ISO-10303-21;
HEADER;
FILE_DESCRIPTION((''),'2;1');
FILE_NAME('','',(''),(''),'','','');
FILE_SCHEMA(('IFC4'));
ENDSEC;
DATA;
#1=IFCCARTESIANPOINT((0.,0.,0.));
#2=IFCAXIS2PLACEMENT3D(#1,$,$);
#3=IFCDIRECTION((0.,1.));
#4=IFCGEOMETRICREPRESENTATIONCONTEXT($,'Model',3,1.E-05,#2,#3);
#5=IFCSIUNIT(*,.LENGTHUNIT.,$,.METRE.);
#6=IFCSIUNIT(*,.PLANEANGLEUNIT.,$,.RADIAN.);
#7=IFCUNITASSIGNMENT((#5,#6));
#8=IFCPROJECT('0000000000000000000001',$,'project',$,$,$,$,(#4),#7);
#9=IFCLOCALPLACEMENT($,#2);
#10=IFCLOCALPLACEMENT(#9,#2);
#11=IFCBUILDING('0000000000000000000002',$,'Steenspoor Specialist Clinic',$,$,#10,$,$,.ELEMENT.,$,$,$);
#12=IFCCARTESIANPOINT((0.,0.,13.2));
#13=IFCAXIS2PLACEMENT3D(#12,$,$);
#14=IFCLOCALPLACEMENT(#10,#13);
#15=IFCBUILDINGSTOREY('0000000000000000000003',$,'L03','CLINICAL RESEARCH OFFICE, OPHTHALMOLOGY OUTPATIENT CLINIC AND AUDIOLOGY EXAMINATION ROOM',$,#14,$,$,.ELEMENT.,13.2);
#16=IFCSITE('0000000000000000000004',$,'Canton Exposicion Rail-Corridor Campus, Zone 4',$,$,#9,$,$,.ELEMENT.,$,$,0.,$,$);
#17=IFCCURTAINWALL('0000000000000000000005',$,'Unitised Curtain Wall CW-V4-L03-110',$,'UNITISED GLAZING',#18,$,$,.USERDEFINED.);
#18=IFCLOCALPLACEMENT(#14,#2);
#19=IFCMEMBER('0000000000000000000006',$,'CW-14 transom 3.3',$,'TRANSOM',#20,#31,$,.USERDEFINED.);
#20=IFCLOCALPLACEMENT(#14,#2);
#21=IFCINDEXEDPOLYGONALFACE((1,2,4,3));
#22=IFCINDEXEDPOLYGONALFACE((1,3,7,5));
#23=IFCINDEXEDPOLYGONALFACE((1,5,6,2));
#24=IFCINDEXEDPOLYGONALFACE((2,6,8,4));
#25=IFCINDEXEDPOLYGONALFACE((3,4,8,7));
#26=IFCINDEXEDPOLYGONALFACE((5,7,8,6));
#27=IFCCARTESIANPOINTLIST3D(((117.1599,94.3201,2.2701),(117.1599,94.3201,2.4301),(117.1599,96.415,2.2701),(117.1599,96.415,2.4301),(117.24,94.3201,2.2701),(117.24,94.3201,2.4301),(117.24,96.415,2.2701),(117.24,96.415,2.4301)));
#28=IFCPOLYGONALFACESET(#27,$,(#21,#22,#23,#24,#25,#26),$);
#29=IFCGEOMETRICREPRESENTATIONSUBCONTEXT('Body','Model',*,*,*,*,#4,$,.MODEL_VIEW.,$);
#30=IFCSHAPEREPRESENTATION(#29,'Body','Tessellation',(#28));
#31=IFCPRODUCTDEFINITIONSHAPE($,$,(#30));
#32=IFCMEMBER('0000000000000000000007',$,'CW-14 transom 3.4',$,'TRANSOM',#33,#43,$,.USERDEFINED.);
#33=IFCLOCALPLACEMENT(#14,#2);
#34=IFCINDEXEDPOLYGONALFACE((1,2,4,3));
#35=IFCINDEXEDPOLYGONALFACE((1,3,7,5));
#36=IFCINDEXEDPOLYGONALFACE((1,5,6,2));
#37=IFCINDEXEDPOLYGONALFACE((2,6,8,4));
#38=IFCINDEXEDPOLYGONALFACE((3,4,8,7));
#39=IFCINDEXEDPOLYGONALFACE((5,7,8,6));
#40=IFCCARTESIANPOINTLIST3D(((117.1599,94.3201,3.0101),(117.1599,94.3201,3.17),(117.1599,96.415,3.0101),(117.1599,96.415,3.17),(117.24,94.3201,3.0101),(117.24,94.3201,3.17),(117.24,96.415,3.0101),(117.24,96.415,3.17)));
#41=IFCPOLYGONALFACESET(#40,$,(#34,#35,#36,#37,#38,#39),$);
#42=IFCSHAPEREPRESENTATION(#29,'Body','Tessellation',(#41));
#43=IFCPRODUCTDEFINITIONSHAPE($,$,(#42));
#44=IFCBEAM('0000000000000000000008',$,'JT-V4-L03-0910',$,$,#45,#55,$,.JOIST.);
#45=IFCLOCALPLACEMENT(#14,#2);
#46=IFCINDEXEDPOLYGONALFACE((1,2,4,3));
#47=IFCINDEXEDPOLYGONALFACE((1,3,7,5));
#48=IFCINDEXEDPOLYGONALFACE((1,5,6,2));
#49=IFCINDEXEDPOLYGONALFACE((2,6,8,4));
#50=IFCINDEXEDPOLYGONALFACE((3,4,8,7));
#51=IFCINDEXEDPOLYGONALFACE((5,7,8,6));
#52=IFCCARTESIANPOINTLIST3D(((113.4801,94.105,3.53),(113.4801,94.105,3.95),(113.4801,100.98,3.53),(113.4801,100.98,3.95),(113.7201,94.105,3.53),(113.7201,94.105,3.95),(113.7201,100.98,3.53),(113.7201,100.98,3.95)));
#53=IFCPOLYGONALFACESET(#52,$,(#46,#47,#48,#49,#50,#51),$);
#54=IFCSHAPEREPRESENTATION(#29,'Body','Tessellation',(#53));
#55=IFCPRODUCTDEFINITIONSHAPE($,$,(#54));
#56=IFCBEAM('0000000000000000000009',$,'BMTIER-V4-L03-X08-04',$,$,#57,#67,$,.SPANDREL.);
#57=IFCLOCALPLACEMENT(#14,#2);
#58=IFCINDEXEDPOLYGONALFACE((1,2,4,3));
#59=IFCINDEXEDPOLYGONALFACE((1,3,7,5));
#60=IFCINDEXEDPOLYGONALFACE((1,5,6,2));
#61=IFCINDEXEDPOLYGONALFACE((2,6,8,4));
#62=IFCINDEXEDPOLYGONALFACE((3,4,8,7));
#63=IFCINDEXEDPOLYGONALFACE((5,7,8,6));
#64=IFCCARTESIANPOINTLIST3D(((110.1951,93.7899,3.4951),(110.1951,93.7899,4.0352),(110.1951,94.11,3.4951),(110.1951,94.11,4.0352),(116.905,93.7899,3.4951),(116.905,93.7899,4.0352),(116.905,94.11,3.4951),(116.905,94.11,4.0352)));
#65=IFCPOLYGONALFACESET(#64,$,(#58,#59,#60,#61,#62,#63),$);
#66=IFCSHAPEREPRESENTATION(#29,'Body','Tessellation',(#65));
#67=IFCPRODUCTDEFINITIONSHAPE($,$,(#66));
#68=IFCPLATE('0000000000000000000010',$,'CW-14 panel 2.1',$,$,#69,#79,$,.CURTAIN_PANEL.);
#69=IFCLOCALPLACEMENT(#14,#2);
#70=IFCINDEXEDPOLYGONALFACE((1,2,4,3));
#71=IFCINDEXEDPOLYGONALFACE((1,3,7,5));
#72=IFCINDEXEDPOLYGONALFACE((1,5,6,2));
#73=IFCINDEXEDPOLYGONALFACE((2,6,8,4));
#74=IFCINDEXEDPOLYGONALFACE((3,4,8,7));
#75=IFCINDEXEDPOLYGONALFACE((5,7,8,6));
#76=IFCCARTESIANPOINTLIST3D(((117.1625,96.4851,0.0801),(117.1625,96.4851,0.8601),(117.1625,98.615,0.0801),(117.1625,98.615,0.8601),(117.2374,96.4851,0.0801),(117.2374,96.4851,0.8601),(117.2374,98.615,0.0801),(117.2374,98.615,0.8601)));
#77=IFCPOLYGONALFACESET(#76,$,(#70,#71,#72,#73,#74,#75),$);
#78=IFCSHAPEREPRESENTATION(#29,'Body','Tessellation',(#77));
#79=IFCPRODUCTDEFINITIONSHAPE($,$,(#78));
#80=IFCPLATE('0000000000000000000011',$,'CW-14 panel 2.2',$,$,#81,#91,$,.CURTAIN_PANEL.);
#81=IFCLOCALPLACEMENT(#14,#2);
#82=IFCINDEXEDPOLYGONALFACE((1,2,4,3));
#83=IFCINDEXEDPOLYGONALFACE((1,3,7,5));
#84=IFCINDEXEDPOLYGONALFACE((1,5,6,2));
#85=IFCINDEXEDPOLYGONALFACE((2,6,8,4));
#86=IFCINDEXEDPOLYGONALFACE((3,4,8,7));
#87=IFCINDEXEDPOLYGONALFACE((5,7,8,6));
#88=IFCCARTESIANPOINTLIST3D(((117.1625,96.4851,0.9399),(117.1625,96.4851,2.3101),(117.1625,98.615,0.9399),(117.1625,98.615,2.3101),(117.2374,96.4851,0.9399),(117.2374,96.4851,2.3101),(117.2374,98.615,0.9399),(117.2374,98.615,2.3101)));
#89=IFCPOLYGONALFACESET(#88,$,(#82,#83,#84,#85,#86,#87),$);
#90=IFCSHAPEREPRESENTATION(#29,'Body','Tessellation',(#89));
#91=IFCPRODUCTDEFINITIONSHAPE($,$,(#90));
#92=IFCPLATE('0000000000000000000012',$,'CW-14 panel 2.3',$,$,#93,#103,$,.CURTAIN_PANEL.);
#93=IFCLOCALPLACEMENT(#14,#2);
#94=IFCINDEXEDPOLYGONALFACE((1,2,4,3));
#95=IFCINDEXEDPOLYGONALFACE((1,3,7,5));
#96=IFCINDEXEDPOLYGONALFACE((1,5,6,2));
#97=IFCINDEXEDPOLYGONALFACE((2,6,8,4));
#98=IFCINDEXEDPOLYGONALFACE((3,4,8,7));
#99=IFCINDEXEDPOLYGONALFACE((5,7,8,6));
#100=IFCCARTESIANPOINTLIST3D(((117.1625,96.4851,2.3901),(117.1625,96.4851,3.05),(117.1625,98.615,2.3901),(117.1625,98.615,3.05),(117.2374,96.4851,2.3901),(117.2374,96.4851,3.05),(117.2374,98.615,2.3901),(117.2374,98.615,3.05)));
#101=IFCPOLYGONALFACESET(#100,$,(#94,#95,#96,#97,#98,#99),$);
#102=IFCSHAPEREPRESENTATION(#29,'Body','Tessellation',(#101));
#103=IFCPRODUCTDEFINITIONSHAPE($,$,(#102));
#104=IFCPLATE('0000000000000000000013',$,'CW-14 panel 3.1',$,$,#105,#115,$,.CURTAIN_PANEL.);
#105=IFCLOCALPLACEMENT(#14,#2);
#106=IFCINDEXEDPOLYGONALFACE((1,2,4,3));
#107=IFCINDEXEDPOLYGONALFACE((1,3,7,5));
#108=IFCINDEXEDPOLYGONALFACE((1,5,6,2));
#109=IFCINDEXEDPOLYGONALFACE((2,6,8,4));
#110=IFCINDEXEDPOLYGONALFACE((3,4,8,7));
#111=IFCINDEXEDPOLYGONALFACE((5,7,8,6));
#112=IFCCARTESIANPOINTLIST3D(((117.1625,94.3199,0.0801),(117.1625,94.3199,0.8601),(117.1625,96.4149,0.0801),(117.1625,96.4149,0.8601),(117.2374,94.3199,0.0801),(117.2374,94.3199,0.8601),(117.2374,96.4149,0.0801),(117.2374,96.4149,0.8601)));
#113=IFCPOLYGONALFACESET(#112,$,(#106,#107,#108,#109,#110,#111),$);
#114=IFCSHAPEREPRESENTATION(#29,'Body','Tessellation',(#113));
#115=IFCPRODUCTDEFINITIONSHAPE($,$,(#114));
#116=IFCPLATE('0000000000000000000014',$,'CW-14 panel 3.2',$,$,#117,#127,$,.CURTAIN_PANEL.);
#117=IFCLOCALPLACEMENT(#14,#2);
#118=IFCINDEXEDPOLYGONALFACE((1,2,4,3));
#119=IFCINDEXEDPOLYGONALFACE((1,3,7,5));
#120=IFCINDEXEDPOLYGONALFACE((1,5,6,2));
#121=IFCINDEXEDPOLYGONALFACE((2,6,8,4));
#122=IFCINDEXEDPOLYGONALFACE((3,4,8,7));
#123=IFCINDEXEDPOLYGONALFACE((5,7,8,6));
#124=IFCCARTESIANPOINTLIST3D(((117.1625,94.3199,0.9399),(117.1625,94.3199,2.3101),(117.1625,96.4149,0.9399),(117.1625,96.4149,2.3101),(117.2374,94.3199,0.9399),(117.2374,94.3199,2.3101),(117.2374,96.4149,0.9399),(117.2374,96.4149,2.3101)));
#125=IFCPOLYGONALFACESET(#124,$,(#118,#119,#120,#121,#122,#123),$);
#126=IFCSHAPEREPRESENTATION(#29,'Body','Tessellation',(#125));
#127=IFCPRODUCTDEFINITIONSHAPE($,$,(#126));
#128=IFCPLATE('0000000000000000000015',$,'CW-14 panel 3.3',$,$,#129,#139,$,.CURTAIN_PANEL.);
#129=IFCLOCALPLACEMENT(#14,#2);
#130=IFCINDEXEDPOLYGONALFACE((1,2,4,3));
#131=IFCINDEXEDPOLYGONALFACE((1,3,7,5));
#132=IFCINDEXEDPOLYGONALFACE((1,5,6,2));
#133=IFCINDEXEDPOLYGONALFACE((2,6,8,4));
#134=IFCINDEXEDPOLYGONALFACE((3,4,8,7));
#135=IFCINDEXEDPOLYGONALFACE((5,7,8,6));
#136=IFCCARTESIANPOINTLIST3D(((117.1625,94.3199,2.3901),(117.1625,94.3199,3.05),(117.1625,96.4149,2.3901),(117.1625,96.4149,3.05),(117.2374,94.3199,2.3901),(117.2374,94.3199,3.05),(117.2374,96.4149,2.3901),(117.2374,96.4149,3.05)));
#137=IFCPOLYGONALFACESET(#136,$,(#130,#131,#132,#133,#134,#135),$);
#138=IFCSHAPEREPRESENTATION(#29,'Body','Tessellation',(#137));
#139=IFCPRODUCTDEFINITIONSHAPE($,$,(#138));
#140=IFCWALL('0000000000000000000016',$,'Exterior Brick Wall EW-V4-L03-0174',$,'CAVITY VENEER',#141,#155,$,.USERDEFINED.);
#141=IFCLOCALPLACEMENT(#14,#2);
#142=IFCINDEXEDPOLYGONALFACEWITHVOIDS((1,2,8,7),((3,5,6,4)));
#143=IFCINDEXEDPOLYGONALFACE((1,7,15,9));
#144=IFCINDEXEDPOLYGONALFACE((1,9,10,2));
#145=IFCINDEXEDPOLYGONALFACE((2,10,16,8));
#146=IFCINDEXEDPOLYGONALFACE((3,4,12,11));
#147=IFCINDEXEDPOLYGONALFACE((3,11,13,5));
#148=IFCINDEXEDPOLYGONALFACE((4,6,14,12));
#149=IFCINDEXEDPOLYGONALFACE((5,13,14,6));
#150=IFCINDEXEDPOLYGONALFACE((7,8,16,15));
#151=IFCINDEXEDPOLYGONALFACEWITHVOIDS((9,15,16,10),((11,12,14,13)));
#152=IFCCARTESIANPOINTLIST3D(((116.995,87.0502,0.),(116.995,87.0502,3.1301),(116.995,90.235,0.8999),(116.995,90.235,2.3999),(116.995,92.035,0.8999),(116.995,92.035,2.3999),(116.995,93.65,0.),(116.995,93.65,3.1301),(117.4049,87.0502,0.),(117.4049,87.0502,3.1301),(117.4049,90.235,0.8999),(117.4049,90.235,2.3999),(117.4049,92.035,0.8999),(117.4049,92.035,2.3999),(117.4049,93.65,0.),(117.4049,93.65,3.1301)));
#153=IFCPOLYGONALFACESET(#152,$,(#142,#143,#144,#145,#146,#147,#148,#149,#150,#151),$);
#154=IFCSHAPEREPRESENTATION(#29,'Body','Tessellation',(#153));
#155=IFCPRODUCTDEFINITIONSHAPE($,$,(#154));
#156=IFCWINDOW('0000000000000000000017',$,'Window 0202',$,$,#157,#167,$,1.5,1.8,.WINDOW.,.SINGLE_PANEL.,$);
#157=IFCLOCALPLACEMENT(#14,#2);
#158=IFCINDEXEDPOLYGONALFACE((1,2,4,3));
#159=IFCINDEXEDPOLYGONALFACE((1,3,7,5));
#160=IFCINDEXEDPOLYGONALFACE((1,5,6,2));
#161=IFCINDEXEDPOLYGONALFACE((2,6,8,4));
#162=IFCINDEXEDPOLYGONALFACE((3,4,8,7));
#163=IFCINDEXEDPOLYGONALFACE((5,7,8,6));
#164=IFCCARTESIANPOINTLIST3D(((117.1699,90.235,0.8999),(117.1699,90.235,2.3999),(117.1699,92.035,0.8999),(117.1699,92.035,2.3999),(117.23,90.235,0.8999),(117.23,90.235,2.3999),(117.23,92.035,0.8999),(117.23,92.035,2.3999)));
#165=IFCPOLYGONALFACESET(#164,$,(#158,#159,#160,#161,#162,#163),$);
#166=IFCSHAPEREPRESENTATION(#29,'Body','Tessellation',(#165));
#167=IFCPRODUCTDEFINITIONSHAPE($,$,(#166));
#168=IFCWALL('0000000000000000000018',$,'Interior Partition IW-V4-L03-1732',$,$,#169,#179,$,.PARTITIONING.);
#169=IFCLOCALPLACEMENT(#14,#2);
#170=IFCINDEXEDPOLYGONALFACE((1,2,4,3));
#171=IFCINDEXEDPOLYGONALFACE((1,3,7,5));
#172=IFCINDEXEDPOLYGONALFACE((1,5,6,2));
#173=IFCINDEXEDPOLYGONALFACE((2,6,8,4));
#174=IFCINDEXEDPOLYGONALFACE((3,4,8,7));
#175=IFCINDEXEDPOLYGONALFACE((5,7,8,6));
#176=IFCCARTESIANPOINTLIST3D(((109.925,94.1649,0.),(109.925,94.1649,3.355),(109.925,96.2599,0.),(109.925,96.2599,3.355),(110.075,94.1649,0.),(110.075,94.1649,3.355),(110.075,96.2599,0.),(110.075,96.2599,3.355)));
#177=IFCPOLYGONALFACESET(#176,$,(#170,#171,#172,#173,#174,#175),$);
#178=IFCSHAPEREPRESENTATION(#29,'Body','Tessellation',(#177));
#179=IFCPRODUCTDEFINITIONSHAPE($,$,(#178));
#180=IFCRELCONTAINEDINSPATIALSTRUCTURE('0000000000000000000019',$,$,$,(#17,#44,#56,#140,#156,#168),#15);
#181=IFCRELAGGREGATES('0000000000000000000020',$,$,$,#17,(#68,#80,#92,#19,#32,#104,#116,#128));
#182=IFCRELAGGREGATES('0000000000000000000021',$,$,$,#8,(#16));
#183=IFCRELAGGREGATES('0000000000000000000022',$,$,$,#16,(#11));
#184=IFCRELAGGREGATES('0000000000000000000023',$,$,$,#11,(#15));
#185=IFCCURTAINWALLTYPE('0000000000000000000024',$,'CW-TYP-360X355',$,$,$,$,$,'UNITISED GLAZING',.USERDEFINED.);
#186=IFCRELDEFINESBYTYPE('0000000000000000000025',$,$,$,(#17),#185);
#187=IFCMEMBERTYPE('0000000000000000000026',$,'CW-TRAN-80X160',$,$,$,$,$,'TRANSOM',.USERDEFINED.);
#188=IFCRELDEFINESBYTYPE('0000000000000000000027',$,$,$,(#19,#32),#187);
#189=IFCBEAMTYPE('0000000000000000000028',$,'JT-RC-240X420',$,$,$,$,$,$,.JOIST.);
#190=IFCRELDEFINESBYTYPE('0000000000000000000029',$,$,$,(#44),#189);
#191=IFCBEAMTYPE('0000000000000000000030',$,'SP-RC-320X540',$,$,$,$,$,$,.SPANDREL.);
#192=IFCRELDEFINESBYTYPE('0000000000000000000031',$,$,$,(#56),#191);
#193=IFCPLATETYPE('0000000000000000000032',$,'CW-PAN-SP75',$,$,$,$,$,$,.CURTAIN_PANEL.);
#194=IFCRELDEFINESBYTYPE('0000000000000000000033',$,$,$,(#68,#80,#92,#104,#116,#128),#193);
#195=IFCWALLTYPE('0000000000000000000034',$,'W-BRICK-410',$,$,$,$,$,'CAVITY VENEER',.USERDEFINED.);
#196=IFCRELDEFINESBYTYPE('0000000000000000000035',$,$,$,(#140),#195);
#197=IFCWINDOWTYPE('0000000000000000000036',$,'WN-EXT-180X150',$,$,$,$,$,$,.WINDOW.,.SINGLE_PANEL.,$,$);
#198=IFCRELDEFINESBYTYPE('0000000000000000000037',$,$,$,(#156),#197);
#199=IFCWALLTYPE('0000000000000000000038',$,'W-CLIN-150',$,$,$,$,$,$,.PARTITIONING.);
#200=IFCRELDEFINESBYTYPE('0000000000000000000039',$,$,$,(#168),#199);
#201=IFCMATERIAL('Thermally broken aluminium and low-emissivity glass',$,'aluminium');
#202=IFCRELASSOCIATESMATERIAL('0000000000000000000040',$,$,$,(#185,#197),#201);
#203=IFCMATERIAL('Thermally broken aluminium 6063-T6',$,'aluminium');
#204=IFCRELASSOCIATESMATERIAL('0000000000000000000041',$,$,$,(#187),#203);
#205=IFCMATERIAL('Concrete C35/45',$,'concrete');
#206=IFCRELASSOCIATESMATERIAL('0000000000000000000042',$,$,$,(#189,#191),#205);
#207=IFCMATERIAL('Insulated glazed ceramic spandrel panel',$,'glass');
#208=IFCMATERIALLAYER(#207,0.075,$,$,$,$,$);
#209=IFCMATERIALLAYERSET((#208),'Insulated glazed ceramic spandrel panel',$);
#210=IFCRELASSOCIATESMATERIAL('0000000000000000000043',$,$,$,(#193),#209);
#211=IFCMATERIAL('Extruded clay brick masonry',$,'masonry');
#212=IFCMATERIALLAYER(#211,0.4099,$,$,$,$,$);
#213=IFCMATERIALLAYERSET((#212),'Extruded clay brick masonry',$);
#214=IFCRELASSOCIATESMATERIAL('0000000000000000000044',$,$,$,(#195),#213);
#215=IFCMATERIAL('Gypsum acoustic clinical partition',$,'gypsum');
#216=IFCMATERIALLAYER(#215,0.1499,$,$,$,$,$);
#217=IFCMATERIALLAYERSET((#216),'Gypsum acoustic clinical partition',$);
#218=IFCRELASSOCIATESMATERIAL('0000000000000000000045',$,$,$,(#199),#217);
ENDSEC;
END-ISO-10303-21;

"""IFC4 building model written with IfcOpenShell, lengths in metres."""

from ifc_helpers import new_model, si_unit, direction, frame, frame_2d, origin, origin_2d, place, context, subcontext, project, spatial, rectangle, extrude, material, layer, layer_set, material_profile, profile_set, type_object, element, fill, aggregate, save


model = new_model("IFC4")

# Units and contexts
model_context = context("Model", 3, precision=1e-05, world=origin(), true_north=direction((0.0, 1.0)))
body_context = subcontext(model_context, "Body", "Model", "MODEL_VIEW")
ifc_project = project(units=[si_unit("LENGTHUNIT", "METRE"), si_unit("PLANEANGLEUNIT", "RADIAN")], contexts=[model_context])

# Site, building, storey
site_placement = place(None, origin())
site = spatial("IfcSite", under=ifc_project, at=site_placement, Name="Canton Exposicion Rail-Corridor Campus, Zone 4", CompositionType="ELEMENT", RefElevation=0.0)
building_placement = place(site_placement, origin())
building = spatial("IfcBuilding", under=site, at=building_placement, Name="Steenspoor Specialist Clinic", CompositionType="ELEMENT")
storey_placement = place(building_placement, frame((0.0, 0.0, 13.2)))
storey = spatial("IfcBuildingStorey", under=building, at=storey_placement, Name="L03", Description="CLINICAL RESEARCH OFFICE, OPHTHALMOLOGY OUTPATIENT CLINIC AND AUDIOLOGY EXAMINATION ROOM", CompositionType="ELEMENT", Elevation=13.2)

# Shared definitions
ifc_material_1 = material(Name="Concrete C35/45", Category="concrete")

# Curtain wall, members
ifc_material_2 = material(Name="Thermally broken aluminium and low-emissivity glass", Category="aluminium")
curtain_wall_type = type_object("IfcCurtainWallType", Name="CW-TYP-360X355", ElementType="UNITISED GLAZING", PredefinedType="USERDEFINED", material=ifc_material_2)
curtain_wall_placement = place(storey_placement, origin())
curtain_wall = element("IfcCurtainWall", 1, at=curtain_wall_placement, inside=storey, type_object=curtain_wall_type, Name="Unitised Curtain Wall CW-V4-L03-110", ObjectType="UNITISED GLAZING", PredefinedType="USERDEFINED")
ifc_material_3 = material(Name="Thermally broken aluminium 6063-T6", Category="aluminium")
ifc_material_profile_1 = material_profile(ifc_material_3, rectangle(XDim=0.0801, YDim=0.1599, at=origin_2d()), Name="CWT-80X160")
ifc_profile_set_1 = profile_set([ifc_material_profile_1], Name="Thermally broken aluminium 6063-T6")
member_type_1 = type_object("IfcMemberType", Name="CW-TRAN-80X160", ElementType="TRANSOM", PredefinedType="USERDEFINED", material=ifc_profile_set_1)
member_1_placement = place(storey_placement, frame((117.2, 96.415, 2.3501), z_axis=(0.0, -1.0, 0.0), x_axis=(1.0, 0.0, 0.0)))
member_1 = element("IfcMember", 2, at=member_1_placement, type_object=member_type_1, Name="CW-14 transom 3.3", ObjectType="TRANSOM", PredefinedType="USERDEFINED", context=body_context, shape_type="SweptSolid", body=[
    extrude(rectangle(XDim=0.0801, YDim=0.1599, at=origin_2d()), origin(), (0.0, 0.0, 1.0), 2.095),
])
member_2_placement = place(storey_placement, frame((117.2, 96.415, 3.0901), z_axis=(0.0, -1.0, 0.0), x_axis=(1.0, 0.0, 0.0)))
member_2 = element("IfcMember", 3, at=member_2_placement, type_object=member_type_1, Name="CW-14 transom 3.4", ObjectType="TRANSOM", PredefinedType="USERDEFINED", context=body_context, shape_type="SweptSolid", body=[
    extrude(rectangle(XDim=0.0801, YDim=0.1599, at=origin_2d()), origin(), (0.0, 0.0, 1.0), 2.095),
])

# Beams
ifc_material_profile_2 = material_profile(ifc_material_1, rectangle(XDim=0.24, YDim=0.4199, at=origin_2d()), Name="RC-JT-240X420")
ifc_profile_set_2 = profile_set([ifc_material_profile_2], Name="Concrete C35/45")
beam_type_1 = type_object("IfcBeamType", Name="JT-RC-240X420", PredefinedType="JOIST", material=ifc_profile_set_2)
beam_1_placement = place(storey_placement, frame((113.6001, 94.105, 3.74), z_axis=(0.0, 1.0, 0.0), x_axis=(-1.0, 0.0, 0.0)))
element("IfcBeam", 4, at=beam_1_placement, inside=storey, type_object=beam_type_1, Name="JT-V4-L03-0910", PredefinedType="JOIST", context=body_context, shape_type="SweptSolid", body=[
    extrude(rectangle(XDim=0.24, YDim=0.4199, at=origin_2d()), origin(), (0.0, 0.0, 1.0), 6.875),
])
ifc_material_profile_3 = material_profile(ifc_material_1, rectangle(XDim=0.3201, YDim=0.54, at=origin_2d()), Name="RC-SP-320X540")
ifc_profile_set_3 = profile_set([ifc_material_profile_3], Name="Concrete C35/45")
beam_type_2 = type_object("IfcBeamType", Name="SP-RC-320X540", PredefinedType="SPANDREL", material=ifc_profile_set_3)
beam_2_placement = place(storey_placement, frame((110.1951, 93.95, 3.7651), z_axis=(1.0, 0.0, 0.0), x_axis=(0.0, 1.0, 0.0)))
element("IfcBeam", 5, at=beam_2_placement, inside=storey, type_object=beam_type_2, Name="BMTIER-V4-L03-X08-04", PredefinedType="SPANDREL", context=body_context, shape_type="SweptSolid", body=[
    extrude(rectangle(XDim=0.3201, YDim=0.54, at=origin_2d()), origin(), (0.0, 0.0, 1.0), 6.71),
])

# Plates
ifc_material_4 = material(Name="Insulated glazed ceramic spandrel panel", Category="glass")
ifc_layer_1 = layer(ifc_material_4, 0.075)
ifc_layer_set_1 = layer_set([ifc_layer_1], Name="Insulated glazed ceramic spandrel panel")
plate_type = type_object("IfcPlateType", Name="CW-PAN-SP75", PredefinedType="CURTAIN_PANEL", material=ifc_layer_set_1)
plate_1_placement = place(storey_placement, frame((117.2, 97.55, 0.0801), z_axis=(0.0, 0.0, 1.0), x_axis=(0.0, -1.0, 0.0)))
plate_1 = element("IfcPlate", 6, at=plate_1_placement, type_object=plate_type, Name="CW-14 panel 2.1", PredefinedType="CURTAIN_PANEL", context=body_context, shape_type="SweptSolid", body=[
    extrude(rectangle(XDim=2.1299, YDim=0.075, at=origin_2d()), origin(), (0.0, 0.0, 1.0), 0.78),
])
plate_2_placement = place(storey_placement, frame((117.2, 97.55, 0.9399), z_axis=(0.0, 0.0, 1.0), x_axis=(0.0, -1.0, 0.0)))
plate_2 = element("IfcPlate", 7, at=plate_2_placement, type_object=plate_type, Name="CW-14 panel 2.2", PredefinedType="CURTAIN_PANEL", context=body_context, shape_type="SweptSolid", body=[
    extrude(rectangle(XDim=2.1299, YDim=0.075, at=origin_2d()), origin(), (0.0, 0.0, 1.0), 1.3701),
])
plate_3_placement = place(storey_placement, frame((117.2, 97.55, 2.3901), z_axis=(0.0, 0.0, 1.0), x_axis=(0.0, -1.0, 0.0)))
plate_3 = element("IfcPlate", 8, at=plate_3_placement, type_object=plate_type, Name="CW-14 panel 2.3", PredefinedType="CURTAIN_PANEL", context=body_context, shape_type="SweptSolid", body=[
    extrude(rectangle(XDim=2.1299, YDim=0.075, at=origin_2d()), origin(), (0.0, 0.0, 1.0), 0.6599),
])
plate_4_placement = place(storey_placement, frame((117.2, 95.3674, 0.0801), z_axis=(0.0, 0.0, 1.0), x_axis=(0.0, -1.0, 0.0)))
plate_4 = element("IfcPlate", 9, at=plate_4_placement, type_object=plate_type, Name="CW-14 panel 3.1", PredefinedType="CURTAIN_PANEL", context=body_context, shape_type="SweptSolid", body=[
    extrude(rectangle(XDim=2.095, YDim=0.075, at=origin_2d()), origin(), (0.0, 0.0, 1.0), 0.78),
])
plate_5_placement = place(storey_placement, frame((117.2, 95.3674, 0.9399), z_axis=(0.0, 0.0, 1.0), x_axis=(0.0, -1.0, 0.0)))
plate_5 = element("IfcPlate", 10, at=plate_5_placement, type_object=plate_type, Name="CW-14 panel 3.2", PredefinedType="CURTAIN_PANEL", context=body_context, shape_type="SweptSolid", body=[
    extrude(rectangle(XDim=2.095, YDim=0.075, at=origin_2d()), origin(), (0.0, 0.0, 1.0), 1.3701),
])
plate_6_placement = place(storey_placement, frame((117.2, 95.3674, 2.3901), z_axis=(0.0, 0.0, 1.0), x_axis=(0.0, -1.0, 0.0)))
plate_6 = element("IfcPlate", 11, at=plate_6_placement, type_object=plate_type, Name="CW-14 panel 3.3", PredefinedType="CURTAIN_PANEL", context=body_context, shape_type="SweptSolid", body=[
    extrude(rectangle(XDim=2.095, YDim=0.075, at=origin_2d()), origin(), (0.0, 0.0, 1.0), 0.6599),
])
aggregate(curtain_wall, [plate_1, plate_2, plate_3, member_1, member_2, plate_4, plate_5, plate_6])

# Wall, opening, window
ifc_material_5 = material(Name="Extruded clay brick masonry", Category="masonry")
ifc_layer_2 = layer(ifc_material_5, 0.4099)
ifc_layer_set_2 = layer_set([ifc_layer_2], Name="Extruded clay brick masonry")
wall_type_1 = type_object("IfcWallType", Name="W-BRICK-410", ElementType="CAVITY VENEER", PredefinedType="USERDEFINED", material=ifc_layer_set_2)
wall_1_placement = place(storey_placement, frame((117.2, 93.6499, 0.0), z_axis=(0.0, 0.0, 1.0), x_axis=(0.0, -1.0, 0.0)))
wall_1 = element("IfcWall", 12, at=wall_1_placement, inside=storey, type_object=wall_type_1, Name="Exterior Brick Wall EW-V4-L03-0174", ObjectType="CAVITY VENEER", PredefinedType="USERDEFINED", context=body_context, shape_type="SweptSolid", body=[
    extrude(rectangle(XDim=6.5999, YDim=0.4099, at=frame_2d((3.2998, 0.0))), origin(), (0.0, 0.0, 1.0), 3.1301),
])
opening_1_placement = place(wall_1_placement, frame((1.615, 0.0, 0.8999)))
opening_1 = element("IfcOpeningElement", 13, at=opening_1_placement, cuts=wall_1, PredefinedType="OPENING", context=body_context, shape_type="SweptSolid", body=[
    extrude(rectangle(XDim=1.8, YDim=1.5, at=frame_2d((0.8999, 0.75))), frame((0.0, 0.2148, 0.0), z_axis=(0.0, -1.0, 0.0), x_axis=(1.0, 0.0, 0.0)), (0.0, 0.0, 1.0), 0.4299),
])
window_type = type_object("IfcWindowType", Name="WN-EXT-180X150", PartitioningType="SINGLE_PANEL", PredefinedType="WINDOW", material=ifc_material_2)
window_placement = place(opening_1_placement, origin())
window = element("IfcWindow", 14, at=window_placement, inside=storey, type_object=window_type, Name="Window 0202", OverallHeight=1.5, OverallWidth=1.8, PartitioningType="SINGLE_PANEL", PredefinedType="WINDOW", context=body_context, shape_type="SweptSolid", body=[
    extrude(rectangle(XDim=1.8, YDim=1.5, at=frame_2d((0.8999, 0.75))), frame((0.0, 0.03, 0.0), z_axis=(0.0, -1.0, 0.0), x_axis=(1.0, 0.0, 0.0)), (0.0, 0.0, 1.0), 0.0601),
])
fill(opening_1, window)

# Wall
ifc_material_6 = material(Name="Gypsum acoustic clinical partition", Category="gypsum")
ifc_layer_3 = layer(ifc_material_6, 0.1499)
ifc_layer_set_3 = layer_set([ifc_layer_3], Name="Gypsum acoustic clinical partition")
wall_type_2 = type_object("IfcWallType", Name="W-CLIN-150", PredefinedType="PARTITIONING", material=ifc_layer_set_3)
wall_2_placement = place(storey_placement, frame((110.0, 94.165, 0.0), z_axis=(0.0, 0.0, 1.0), x_axis=(0.0, 1.0, 0.0)))
element("IfcWall", 15, at=wall_2_placement, inside=storey, type_object=wall_type_2, Name="Interior Partition IW-V4-L03-1732", PredefinedType="PARTITIONING", context=body_context, shape_type="SweptSolid", body=[
    extrude(rectangle(XDim=2.095, YDim=0.1499, at=frame_2d((1.0474, 0.0))), origin(), (0.0, 0.0, 1.0), 3.355),
])

save(model, "model.ifc")
